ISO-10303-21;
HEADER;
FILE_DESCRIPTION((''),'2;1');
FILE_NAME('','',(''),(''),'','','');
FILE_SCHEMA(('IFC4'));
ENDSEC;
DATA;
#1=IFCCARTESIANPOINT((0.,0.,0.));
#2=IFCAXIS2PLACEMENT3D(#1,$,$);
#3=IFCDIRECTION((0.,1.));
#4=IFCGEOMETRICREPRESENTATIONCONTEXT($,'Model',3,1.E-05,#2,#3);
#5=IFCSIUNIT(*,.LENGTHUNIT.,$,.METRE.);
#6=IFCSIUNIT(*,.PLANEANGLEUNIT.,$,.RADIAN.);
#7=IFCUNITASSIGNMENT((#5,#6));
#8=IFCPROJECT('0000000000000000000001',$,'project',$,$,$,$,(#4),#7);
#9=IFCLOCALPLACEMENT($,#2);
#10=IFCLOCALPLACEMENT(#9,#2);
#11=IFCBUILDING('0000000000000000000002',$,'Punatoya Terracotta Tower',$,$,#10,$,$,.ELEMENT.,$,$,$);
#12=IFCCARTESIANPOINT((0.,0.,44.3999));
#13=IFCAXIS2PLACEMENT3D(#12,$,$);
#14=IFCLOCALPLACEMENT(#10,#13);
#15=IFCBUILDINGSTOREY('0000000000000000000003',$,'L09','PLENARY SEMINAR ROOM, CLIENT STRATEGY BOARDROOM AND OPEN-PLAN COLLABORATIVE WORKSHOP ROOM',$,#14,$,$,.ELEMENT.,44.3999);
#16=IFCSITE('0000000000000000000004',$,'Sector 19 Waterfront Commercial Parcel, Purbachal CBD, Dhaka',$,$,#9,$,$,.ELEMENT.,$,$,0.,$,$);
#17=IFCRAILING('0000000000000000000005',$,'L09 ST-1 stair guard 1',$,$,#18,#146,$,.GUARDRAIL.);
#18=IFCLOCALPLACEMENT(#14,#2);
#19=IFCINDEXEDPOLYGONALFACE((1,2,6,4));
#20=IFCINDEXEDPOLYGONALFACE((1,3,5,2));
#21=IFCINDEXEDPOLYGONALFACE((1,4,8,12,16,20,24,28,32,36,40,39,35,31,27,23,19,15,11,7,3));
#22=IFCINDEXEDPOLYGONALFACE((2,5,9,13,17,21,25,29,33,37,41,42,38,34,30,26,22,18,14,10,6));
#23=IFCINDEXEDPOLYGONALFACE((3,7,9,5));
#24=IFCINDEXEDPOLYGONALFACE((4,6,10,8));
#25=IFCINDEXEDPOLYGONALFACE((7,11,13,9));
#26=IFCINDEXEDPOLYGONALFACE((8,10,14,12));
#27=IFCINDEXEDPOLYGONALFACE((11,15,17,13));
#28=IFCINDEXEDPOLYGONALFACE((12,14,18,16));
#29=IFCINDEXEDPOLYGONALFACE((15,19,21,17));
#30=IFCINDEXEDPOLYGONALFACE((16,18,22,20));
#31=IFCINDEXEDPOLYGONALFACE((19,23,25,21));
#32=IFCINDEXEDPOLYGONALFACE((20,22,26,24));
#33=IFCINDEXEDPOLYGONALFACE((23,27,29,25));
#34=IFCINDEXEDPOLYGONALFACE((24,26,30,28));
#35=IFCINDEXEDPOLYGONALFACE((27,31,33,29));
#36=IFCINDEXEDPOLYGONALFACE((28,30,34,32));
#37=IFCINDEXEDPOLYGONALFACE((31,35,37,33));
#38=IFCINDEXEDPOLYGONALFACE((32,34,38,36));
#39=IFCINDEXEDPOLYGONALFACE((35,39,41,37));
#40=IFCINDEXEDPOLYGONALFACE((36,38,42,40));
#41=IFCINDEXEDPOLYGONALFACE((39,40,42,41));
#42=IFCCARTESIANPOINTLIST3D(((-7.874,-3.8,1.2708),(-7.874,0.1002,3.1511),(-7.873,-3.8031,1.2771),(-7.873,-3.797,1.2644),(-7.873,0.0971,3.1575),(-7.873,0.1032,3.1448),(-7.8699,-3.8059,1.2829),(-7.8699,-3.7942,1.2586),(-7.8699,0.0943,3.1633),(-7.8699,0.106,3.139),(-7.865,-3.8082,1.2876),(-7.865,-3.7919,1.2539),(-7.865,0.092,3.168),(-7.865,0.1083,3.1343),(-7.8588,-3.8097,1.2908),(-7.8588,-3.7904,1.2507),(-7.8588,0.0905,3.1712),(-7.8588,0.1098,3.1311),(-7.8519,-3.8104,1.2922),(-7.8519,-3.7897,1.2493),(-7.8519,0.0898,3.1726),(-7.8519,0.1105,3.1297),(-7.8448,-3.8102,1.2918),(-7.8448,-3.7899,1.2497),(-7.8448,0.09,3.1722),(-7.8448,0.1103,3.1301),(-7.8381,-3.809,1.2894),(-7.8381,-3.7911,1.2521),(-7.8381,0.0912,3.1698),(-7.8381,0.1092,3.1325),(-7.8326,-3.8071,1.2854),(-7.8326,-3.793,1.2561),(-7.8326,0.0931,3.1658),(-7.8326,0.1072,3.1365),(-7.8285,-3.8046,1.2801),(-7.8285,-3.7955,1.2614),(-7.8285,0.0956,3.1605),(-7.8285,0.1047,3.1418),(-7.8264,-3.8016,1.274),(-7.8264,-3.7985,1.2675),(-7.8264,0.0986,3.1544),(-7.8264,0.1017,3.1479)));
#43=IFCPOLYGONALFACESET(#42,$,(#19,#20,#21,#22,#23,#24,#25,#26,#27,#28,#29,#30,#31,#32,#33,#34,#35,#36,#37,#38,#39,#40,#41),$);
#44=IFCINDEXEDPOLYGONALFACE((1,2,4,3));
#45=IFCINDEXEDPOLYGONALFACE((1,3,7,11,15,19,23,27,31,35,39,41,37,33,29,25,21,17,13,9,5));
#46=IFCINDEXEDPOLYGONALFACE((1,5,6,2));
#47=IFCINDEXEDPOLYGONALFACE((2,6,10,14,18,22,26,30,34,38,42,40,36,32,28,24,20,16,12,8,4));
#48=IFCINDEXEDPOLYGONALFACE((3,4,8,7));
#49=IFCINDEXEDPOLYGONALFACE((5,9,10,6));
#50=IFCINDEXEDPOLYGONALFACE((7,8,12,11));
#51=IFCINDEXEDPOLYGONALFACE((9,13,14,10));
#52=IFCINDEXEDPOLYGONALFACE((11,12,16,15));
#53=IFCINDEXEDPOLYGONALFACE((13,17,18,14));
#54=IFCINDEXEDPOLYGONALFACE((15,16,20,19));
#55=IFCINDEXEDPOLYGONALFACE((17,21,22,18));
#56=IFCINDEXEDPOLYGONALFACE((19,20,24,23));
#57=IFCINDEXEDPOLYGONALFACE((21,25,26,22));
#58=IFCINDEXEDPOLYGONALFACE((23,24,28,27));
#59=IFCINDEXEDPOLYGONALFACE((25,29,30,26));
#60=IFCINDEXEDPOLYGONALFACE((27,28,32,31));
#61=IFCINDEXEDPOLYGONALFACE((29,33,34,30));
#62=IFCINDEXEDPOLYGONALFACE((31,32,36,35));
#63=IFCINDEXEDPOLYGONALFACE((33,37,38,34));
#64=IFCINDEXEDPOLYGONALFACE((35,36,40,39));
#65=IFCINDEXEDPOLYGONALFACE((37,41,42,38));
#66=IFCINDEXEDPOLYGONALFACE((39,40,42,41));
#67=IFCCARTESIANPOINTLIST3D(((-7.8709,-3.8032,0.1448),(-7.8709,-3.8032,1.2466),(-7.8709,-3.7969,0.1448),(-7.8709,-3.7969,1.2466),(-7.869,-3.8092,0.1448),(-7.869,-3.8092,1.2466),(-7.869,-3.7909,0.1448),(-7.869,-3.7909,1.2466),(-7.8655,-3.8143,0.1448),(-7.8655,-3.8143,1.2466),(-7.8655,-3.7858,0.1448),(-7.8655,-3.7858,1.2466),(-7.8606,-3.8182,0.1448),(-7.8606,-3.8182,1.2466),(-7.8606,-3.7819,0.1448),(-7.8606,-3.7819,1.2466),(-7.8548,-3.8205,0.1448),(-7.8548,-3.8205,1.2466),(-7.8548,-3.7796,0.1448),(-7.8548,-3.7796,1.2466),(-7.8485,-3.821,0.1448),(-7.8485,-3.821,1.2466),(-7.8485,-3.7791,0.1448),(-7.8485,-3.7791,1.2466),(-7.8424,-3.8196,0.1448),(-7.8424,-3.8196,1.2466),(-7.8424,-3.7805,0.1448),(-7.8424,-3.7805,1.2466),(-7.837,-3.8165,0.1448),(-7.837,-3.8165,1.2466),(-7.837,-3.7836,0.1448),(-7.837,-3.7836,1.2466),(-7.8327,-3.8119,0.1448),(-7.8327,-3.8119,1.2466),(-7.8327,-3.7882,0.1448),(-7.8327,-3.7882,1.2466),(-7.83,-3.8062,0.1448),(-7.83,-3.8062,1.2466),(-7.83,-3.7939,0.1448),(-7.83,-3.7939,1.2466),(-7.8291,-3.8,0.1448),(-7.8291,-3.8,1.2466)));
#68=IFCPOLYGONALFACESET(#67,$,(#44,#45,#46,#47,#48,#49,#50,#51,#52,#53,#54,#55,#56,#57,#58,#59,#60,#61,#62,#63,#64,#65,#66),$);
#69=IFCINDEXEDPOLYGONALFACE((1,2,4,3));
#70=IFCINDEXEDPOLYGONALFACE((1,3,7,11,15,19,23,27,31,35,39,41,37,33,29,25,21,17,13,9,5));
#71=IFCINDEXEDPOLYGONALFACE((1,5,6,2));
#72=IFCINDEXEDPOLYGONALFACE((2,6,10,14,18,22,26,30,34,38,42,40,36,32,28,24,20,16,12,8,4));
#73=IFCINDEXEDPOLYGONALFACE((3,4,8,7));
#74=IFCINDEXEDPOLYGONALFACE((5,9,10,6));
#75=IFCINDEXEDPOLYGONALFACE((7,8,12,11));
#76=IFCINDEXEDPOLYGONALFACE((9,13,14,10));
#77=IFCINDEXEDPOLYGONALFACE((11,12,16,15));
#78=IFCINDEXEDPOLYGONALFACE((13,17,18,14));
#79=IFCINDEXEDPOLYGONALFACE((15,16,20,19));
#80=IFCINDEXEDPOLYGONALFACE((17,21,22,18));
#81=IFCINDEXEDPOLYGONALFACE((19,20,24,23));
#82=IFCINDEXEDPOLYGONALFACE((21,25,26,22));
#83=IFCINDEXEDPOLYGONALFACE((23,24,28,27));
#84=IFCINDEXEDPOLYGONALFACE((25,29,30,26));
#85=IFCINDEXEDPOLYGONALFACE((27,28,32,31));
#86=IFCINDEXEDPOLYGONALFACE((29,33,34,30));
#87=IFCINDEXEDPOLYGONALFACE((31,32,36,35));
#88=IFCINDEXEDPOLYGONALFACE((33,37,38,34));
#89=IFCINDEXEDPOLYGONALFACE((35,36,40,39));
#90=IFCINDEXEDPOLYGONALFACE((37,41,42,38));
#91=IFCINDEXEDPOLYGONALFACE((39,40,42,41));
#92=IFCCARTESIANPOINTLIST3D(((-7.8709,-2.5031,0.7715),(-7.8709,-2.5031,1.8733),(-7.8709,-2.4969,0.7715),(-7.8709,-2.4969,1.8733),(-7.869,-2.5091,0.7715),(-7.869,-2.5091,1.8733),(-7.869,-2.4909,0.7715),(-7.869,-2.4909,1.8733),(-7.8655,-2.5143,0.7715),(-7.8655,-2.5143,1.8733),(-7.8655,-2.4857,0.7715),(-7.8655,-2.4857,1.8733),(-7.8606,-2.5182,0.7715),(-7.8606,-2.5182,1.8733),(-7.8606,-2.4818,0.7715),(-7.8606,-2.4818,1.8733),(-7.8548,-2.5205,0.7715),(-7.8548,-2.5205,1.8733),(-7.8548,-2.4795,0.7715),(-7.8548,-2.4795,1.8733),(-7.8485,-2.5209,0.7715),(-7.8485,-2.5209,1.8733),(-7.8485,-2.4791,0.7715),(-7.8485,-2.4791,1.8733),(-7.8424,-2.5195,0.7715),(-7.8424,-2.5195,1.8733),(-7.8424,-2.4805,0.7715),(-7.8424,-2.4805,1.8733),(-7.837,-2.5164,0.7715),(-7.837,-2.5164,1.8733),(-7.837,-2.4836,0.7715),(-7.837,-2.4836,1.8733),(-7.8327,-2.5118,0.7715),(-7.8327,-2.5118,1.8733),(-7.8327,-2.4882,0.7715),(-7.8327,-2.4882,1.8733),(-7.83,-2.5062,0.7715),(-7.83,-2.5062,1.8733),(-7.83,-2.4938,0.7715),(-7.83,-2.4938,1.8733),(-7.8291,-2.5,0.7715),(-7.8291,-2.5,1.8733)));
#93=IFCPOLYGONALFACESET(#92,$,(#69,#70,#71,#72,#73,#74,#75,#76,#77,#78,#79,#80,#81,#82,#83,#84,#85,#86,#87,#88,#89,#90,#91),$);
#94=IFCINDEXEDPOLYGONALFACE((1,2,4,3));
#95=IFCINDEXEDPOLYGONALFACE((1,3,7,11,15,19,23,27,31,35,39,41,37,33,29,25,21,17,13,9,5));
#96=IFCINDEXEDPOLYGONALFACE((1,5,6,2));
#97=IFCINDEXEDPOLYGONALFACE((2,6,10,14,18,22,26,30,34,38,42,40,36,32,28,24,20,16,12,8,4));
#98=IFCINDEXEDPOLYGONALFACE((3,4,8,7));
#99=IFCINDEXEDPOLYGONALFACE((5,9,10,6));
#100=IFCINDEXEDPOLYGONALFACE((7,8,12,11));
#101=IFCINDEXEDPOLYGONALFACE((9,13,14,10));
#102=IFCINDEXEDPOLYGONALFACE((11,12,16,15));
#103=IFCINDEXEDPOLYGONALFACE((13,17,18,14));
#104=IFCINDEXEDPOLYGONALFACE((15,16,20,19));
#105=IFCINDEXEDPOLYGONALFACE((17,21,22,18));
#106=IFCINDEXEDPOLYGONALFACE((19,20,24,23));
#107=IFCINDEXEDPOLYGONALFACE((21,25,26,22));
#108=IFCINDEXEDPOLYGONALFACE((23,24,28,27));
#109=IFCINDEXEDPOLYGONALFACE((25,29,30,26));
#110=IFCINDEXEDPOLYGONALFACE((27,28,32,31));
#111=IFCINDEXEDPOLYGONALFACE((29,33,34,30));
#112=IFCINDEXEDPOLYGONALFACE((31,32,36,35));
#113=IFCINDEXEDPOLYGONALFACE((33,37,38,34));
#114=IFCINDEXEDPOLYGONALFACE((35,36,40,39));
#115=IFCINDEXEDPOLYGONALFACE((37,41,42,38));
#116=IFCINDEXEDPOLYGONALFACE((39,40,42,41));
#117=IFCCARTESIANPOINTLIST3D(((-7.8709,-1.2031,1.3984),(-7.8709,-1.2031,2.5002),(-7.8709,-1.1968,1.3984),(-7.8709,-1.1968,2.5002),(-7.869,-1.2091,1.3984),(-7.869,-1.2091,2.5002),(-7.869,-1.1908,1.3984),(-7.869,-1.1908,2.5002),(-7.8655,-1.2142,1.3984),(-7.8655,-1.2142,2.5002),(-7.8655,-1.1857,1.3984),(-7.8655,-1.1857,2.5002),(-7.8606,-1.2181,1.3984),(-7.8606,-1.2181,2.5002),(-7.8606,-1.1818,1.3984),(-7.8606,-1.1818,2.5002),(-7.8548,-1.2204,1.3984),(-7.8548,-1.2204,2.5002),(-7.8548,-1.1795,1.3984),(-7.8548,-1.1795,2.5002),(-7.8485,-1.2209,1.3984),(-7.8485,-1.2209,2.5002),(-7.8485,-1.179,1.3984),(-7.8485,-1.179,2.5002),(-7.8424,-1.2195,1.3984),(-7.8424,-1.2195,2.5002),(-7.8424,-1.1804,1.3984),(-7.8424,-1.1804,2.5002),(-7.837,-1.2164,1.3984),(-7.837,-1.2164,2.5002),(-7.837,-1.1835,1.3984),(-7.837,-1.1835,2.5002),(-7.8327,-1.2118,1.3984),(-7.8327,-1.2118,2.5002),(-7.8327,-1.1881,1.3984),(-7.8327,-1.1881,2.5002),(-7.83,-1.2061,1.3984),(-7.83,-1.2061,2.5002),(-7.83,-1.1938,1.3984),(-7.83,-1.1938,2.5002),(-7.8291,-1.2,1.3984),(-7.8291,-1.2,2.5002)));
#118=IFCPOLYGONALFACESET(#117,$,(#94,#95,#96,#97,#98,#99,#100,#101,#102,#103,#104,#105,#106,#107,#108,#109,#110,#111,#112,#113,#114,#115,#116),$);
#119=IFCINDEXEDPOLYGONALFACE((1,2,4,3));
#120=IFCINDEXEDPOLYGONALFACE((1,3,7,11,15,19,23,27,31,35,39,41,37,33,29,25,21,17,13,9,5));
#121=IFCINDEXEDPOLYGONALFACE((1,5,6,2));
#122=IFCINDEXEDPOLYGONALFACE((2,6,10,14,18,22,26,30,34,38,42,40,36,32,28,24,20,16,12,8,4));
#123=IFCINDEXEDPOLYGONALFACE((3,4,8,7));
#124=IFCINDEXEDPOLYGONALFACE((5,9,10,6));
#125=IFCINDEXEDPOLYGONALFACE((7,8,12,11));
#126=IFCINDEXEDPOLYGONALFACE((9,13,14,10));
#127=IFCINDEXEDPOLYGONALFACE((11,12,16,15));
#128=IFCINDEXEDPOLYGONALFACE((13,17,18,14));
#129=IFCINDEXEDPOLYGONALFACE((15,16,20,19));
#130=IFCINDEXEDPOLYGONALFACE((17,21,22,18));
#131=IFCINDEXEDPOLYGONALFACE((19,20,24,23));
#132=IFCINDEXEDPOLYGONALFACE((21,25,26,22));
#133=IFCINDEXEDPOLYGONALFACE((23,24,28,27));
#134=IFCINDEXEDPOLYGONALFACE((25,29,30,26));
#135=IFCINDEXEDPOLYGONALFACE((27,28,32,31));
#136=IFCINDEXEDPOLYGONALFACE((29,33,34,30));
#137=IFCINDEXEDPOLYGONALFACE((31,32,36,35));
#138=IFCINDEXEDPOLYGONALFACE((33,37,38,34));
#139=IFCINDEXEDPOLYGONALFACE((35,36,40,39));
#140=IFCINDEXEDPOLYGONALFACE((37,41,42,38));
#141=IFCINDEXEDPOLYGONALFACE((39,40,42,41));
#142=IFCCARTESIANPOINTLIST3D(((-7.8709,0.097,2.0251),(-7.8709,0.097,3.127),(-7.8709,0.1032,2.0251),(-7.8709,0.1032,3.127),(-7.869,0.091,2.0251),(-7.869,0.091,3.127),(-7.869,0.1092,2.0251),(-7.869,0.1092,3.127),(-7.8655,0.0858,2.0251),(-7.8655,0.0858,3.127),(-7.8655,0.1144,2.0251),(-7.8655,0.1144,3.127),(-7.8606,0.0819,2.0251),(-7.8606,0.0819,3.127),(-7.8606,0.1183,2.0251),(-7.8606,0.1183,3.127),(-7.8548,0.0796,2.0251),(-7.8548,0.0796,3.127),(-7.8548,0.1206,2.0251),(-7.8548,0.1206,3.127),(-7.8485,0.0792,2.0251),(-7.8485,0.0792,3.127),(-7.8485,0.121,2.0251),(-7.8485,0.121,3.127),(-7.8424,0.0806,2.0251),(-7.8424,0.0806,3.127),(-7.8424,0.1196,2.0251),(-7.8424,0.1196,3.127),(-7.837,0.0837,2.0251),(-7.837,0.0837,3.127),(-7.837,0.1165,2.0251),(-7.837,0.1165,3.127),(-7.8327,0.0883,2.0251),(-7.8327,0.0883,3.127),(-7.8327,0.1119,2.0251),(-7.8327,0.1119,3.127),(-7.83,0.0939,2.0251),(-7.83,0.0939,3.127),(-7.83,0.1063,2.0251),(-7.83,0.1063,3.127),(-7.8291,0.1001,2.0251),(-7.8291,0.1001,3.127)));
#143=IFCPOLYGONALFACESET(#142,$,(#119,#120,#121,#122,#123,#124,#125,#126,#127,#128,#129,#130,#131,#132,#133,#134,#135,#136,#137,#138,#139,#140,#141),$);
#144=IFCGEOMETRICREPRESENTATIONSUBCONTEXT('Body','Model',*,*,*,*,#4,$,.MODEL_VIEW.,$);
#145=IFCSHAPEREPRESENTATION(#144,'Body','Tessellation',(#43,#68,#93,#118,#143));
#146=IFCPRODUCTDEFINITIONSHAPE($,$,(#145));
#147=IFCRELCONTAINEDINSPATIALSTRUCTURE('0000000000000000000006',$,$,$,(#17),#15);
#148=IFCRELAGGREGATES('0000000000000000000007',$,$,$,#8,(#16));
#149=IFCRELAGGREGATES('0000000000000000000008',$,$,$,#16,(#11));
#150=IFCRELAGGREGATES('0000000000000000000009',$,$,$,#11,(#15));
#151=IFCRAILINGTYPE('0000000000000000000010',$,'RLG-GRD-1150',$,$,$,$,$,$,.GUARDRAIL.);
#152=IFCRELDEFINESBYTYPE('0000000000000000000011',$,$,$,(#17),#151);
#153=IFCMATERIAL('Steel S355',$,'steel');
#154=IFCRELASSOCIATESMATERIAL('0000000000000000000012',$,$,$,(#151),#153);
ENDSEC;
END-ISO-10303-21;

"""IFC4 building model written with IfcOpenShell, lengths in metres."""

from ifc_helpers import new_model, si_unit, direction, frame, origin, origin_2d, place, context, subcontext, project, spatial, circle, extrude, material, type_object, element, save


model = new_model("IFC4")

# Units and contexts
model_context = context("Model", 3, precision=1e-05, world=origin(), true_north=direction((0.0, 1.0)))
body_context = subcontext(model_context, "Body", "Model", "MODEL_VIEW")
ifc_project = project(units=[si_unit("LENGTHUNIT", "METRE"), si_unit("PLANEANGLEUNIT", "RADIAN")], contexts=[model_context])

# Site, building, storey
site_placement = place(None, origin())
site = spatial("IfcSite", under=ifc_project, at=site_placement, Name="Sector 19 Waterfront Commercial Parcel, Purbachal CBD, Dhaka", CompositionType="ELEMENT", RefElevation=0.0)
building_placement = place(site_placement, origin())
building = spatial("IfcBuilding", under=site, at=building_placement, Name="Punatoya Terracotta Tower", CompositionType="ELEMENT")
storey_placement = place(building_placement, frame((0.0, 0.0, 44.3999)))
storey = spatial("IfcBuildingStorey", under=building, at=storey_placement, Name="L09", Description="PLENARY SEMINAR ROOM, CLIENT STRATEGY BOARDROOM AND OPEN-PLAN COLLABORATIVE WORKSHOP ROOM", CompositionType="ELEMENT", Elevation=44.3999)

# Shared definitions
ifc_material_1 = material(Name="Steel S355", Category="steel")

# Railing
railing_type_1 = type_object("IfcRailingType", Name="RLG-GRD-1150", PredefinedType="GUARDRAIL", material=ifc_material_1)
railing_1_placement = place(storey_placement, frame((-7.8501, -3.8, 0.1448)))
element("IfcRailing", 1, at=railing_1_placement, inside=storey, type_object=railing_type_1, Name="L09 ST-1 stair guard 1", PredefinedType="GUARDRAIL", context=body_context, shape_type="SweptSolid", body=[
    extrude(circle(Radius=0.0239, at=origin_2d()), frame((0.0, 0.0, 1.126), z_axis=(0.0, 0.900774, 0.434289), x_axis=(-1.0, 0.0, 0.0)), (0.0, 0.0, 1.0), 4.3298),
    extrude(circle(Radius=0.021, at=origin_2d()), origin(), (0.0, 0.0, 1.0), 1.1018),
    extrude(circle(Radius=0.021, at=origin_2d()), frame((0.0, 1.3, 0.6267)), (0.0, 0.0, 1.0), 1.1018),
    extrude(circle(Radius=0.021, at=origin_2d()), frame((0.0, 2.6001, 1.2537)), (0.0, 0.0, 1.0), 1.1018),
    extrude(circle(Radius=0.021, at=origin_2d()), frame((0.0, 3.9001, 1.8804)), (0.0, 0.0, 1.0), 1.1018),
])

save(model, "model.ifc")
